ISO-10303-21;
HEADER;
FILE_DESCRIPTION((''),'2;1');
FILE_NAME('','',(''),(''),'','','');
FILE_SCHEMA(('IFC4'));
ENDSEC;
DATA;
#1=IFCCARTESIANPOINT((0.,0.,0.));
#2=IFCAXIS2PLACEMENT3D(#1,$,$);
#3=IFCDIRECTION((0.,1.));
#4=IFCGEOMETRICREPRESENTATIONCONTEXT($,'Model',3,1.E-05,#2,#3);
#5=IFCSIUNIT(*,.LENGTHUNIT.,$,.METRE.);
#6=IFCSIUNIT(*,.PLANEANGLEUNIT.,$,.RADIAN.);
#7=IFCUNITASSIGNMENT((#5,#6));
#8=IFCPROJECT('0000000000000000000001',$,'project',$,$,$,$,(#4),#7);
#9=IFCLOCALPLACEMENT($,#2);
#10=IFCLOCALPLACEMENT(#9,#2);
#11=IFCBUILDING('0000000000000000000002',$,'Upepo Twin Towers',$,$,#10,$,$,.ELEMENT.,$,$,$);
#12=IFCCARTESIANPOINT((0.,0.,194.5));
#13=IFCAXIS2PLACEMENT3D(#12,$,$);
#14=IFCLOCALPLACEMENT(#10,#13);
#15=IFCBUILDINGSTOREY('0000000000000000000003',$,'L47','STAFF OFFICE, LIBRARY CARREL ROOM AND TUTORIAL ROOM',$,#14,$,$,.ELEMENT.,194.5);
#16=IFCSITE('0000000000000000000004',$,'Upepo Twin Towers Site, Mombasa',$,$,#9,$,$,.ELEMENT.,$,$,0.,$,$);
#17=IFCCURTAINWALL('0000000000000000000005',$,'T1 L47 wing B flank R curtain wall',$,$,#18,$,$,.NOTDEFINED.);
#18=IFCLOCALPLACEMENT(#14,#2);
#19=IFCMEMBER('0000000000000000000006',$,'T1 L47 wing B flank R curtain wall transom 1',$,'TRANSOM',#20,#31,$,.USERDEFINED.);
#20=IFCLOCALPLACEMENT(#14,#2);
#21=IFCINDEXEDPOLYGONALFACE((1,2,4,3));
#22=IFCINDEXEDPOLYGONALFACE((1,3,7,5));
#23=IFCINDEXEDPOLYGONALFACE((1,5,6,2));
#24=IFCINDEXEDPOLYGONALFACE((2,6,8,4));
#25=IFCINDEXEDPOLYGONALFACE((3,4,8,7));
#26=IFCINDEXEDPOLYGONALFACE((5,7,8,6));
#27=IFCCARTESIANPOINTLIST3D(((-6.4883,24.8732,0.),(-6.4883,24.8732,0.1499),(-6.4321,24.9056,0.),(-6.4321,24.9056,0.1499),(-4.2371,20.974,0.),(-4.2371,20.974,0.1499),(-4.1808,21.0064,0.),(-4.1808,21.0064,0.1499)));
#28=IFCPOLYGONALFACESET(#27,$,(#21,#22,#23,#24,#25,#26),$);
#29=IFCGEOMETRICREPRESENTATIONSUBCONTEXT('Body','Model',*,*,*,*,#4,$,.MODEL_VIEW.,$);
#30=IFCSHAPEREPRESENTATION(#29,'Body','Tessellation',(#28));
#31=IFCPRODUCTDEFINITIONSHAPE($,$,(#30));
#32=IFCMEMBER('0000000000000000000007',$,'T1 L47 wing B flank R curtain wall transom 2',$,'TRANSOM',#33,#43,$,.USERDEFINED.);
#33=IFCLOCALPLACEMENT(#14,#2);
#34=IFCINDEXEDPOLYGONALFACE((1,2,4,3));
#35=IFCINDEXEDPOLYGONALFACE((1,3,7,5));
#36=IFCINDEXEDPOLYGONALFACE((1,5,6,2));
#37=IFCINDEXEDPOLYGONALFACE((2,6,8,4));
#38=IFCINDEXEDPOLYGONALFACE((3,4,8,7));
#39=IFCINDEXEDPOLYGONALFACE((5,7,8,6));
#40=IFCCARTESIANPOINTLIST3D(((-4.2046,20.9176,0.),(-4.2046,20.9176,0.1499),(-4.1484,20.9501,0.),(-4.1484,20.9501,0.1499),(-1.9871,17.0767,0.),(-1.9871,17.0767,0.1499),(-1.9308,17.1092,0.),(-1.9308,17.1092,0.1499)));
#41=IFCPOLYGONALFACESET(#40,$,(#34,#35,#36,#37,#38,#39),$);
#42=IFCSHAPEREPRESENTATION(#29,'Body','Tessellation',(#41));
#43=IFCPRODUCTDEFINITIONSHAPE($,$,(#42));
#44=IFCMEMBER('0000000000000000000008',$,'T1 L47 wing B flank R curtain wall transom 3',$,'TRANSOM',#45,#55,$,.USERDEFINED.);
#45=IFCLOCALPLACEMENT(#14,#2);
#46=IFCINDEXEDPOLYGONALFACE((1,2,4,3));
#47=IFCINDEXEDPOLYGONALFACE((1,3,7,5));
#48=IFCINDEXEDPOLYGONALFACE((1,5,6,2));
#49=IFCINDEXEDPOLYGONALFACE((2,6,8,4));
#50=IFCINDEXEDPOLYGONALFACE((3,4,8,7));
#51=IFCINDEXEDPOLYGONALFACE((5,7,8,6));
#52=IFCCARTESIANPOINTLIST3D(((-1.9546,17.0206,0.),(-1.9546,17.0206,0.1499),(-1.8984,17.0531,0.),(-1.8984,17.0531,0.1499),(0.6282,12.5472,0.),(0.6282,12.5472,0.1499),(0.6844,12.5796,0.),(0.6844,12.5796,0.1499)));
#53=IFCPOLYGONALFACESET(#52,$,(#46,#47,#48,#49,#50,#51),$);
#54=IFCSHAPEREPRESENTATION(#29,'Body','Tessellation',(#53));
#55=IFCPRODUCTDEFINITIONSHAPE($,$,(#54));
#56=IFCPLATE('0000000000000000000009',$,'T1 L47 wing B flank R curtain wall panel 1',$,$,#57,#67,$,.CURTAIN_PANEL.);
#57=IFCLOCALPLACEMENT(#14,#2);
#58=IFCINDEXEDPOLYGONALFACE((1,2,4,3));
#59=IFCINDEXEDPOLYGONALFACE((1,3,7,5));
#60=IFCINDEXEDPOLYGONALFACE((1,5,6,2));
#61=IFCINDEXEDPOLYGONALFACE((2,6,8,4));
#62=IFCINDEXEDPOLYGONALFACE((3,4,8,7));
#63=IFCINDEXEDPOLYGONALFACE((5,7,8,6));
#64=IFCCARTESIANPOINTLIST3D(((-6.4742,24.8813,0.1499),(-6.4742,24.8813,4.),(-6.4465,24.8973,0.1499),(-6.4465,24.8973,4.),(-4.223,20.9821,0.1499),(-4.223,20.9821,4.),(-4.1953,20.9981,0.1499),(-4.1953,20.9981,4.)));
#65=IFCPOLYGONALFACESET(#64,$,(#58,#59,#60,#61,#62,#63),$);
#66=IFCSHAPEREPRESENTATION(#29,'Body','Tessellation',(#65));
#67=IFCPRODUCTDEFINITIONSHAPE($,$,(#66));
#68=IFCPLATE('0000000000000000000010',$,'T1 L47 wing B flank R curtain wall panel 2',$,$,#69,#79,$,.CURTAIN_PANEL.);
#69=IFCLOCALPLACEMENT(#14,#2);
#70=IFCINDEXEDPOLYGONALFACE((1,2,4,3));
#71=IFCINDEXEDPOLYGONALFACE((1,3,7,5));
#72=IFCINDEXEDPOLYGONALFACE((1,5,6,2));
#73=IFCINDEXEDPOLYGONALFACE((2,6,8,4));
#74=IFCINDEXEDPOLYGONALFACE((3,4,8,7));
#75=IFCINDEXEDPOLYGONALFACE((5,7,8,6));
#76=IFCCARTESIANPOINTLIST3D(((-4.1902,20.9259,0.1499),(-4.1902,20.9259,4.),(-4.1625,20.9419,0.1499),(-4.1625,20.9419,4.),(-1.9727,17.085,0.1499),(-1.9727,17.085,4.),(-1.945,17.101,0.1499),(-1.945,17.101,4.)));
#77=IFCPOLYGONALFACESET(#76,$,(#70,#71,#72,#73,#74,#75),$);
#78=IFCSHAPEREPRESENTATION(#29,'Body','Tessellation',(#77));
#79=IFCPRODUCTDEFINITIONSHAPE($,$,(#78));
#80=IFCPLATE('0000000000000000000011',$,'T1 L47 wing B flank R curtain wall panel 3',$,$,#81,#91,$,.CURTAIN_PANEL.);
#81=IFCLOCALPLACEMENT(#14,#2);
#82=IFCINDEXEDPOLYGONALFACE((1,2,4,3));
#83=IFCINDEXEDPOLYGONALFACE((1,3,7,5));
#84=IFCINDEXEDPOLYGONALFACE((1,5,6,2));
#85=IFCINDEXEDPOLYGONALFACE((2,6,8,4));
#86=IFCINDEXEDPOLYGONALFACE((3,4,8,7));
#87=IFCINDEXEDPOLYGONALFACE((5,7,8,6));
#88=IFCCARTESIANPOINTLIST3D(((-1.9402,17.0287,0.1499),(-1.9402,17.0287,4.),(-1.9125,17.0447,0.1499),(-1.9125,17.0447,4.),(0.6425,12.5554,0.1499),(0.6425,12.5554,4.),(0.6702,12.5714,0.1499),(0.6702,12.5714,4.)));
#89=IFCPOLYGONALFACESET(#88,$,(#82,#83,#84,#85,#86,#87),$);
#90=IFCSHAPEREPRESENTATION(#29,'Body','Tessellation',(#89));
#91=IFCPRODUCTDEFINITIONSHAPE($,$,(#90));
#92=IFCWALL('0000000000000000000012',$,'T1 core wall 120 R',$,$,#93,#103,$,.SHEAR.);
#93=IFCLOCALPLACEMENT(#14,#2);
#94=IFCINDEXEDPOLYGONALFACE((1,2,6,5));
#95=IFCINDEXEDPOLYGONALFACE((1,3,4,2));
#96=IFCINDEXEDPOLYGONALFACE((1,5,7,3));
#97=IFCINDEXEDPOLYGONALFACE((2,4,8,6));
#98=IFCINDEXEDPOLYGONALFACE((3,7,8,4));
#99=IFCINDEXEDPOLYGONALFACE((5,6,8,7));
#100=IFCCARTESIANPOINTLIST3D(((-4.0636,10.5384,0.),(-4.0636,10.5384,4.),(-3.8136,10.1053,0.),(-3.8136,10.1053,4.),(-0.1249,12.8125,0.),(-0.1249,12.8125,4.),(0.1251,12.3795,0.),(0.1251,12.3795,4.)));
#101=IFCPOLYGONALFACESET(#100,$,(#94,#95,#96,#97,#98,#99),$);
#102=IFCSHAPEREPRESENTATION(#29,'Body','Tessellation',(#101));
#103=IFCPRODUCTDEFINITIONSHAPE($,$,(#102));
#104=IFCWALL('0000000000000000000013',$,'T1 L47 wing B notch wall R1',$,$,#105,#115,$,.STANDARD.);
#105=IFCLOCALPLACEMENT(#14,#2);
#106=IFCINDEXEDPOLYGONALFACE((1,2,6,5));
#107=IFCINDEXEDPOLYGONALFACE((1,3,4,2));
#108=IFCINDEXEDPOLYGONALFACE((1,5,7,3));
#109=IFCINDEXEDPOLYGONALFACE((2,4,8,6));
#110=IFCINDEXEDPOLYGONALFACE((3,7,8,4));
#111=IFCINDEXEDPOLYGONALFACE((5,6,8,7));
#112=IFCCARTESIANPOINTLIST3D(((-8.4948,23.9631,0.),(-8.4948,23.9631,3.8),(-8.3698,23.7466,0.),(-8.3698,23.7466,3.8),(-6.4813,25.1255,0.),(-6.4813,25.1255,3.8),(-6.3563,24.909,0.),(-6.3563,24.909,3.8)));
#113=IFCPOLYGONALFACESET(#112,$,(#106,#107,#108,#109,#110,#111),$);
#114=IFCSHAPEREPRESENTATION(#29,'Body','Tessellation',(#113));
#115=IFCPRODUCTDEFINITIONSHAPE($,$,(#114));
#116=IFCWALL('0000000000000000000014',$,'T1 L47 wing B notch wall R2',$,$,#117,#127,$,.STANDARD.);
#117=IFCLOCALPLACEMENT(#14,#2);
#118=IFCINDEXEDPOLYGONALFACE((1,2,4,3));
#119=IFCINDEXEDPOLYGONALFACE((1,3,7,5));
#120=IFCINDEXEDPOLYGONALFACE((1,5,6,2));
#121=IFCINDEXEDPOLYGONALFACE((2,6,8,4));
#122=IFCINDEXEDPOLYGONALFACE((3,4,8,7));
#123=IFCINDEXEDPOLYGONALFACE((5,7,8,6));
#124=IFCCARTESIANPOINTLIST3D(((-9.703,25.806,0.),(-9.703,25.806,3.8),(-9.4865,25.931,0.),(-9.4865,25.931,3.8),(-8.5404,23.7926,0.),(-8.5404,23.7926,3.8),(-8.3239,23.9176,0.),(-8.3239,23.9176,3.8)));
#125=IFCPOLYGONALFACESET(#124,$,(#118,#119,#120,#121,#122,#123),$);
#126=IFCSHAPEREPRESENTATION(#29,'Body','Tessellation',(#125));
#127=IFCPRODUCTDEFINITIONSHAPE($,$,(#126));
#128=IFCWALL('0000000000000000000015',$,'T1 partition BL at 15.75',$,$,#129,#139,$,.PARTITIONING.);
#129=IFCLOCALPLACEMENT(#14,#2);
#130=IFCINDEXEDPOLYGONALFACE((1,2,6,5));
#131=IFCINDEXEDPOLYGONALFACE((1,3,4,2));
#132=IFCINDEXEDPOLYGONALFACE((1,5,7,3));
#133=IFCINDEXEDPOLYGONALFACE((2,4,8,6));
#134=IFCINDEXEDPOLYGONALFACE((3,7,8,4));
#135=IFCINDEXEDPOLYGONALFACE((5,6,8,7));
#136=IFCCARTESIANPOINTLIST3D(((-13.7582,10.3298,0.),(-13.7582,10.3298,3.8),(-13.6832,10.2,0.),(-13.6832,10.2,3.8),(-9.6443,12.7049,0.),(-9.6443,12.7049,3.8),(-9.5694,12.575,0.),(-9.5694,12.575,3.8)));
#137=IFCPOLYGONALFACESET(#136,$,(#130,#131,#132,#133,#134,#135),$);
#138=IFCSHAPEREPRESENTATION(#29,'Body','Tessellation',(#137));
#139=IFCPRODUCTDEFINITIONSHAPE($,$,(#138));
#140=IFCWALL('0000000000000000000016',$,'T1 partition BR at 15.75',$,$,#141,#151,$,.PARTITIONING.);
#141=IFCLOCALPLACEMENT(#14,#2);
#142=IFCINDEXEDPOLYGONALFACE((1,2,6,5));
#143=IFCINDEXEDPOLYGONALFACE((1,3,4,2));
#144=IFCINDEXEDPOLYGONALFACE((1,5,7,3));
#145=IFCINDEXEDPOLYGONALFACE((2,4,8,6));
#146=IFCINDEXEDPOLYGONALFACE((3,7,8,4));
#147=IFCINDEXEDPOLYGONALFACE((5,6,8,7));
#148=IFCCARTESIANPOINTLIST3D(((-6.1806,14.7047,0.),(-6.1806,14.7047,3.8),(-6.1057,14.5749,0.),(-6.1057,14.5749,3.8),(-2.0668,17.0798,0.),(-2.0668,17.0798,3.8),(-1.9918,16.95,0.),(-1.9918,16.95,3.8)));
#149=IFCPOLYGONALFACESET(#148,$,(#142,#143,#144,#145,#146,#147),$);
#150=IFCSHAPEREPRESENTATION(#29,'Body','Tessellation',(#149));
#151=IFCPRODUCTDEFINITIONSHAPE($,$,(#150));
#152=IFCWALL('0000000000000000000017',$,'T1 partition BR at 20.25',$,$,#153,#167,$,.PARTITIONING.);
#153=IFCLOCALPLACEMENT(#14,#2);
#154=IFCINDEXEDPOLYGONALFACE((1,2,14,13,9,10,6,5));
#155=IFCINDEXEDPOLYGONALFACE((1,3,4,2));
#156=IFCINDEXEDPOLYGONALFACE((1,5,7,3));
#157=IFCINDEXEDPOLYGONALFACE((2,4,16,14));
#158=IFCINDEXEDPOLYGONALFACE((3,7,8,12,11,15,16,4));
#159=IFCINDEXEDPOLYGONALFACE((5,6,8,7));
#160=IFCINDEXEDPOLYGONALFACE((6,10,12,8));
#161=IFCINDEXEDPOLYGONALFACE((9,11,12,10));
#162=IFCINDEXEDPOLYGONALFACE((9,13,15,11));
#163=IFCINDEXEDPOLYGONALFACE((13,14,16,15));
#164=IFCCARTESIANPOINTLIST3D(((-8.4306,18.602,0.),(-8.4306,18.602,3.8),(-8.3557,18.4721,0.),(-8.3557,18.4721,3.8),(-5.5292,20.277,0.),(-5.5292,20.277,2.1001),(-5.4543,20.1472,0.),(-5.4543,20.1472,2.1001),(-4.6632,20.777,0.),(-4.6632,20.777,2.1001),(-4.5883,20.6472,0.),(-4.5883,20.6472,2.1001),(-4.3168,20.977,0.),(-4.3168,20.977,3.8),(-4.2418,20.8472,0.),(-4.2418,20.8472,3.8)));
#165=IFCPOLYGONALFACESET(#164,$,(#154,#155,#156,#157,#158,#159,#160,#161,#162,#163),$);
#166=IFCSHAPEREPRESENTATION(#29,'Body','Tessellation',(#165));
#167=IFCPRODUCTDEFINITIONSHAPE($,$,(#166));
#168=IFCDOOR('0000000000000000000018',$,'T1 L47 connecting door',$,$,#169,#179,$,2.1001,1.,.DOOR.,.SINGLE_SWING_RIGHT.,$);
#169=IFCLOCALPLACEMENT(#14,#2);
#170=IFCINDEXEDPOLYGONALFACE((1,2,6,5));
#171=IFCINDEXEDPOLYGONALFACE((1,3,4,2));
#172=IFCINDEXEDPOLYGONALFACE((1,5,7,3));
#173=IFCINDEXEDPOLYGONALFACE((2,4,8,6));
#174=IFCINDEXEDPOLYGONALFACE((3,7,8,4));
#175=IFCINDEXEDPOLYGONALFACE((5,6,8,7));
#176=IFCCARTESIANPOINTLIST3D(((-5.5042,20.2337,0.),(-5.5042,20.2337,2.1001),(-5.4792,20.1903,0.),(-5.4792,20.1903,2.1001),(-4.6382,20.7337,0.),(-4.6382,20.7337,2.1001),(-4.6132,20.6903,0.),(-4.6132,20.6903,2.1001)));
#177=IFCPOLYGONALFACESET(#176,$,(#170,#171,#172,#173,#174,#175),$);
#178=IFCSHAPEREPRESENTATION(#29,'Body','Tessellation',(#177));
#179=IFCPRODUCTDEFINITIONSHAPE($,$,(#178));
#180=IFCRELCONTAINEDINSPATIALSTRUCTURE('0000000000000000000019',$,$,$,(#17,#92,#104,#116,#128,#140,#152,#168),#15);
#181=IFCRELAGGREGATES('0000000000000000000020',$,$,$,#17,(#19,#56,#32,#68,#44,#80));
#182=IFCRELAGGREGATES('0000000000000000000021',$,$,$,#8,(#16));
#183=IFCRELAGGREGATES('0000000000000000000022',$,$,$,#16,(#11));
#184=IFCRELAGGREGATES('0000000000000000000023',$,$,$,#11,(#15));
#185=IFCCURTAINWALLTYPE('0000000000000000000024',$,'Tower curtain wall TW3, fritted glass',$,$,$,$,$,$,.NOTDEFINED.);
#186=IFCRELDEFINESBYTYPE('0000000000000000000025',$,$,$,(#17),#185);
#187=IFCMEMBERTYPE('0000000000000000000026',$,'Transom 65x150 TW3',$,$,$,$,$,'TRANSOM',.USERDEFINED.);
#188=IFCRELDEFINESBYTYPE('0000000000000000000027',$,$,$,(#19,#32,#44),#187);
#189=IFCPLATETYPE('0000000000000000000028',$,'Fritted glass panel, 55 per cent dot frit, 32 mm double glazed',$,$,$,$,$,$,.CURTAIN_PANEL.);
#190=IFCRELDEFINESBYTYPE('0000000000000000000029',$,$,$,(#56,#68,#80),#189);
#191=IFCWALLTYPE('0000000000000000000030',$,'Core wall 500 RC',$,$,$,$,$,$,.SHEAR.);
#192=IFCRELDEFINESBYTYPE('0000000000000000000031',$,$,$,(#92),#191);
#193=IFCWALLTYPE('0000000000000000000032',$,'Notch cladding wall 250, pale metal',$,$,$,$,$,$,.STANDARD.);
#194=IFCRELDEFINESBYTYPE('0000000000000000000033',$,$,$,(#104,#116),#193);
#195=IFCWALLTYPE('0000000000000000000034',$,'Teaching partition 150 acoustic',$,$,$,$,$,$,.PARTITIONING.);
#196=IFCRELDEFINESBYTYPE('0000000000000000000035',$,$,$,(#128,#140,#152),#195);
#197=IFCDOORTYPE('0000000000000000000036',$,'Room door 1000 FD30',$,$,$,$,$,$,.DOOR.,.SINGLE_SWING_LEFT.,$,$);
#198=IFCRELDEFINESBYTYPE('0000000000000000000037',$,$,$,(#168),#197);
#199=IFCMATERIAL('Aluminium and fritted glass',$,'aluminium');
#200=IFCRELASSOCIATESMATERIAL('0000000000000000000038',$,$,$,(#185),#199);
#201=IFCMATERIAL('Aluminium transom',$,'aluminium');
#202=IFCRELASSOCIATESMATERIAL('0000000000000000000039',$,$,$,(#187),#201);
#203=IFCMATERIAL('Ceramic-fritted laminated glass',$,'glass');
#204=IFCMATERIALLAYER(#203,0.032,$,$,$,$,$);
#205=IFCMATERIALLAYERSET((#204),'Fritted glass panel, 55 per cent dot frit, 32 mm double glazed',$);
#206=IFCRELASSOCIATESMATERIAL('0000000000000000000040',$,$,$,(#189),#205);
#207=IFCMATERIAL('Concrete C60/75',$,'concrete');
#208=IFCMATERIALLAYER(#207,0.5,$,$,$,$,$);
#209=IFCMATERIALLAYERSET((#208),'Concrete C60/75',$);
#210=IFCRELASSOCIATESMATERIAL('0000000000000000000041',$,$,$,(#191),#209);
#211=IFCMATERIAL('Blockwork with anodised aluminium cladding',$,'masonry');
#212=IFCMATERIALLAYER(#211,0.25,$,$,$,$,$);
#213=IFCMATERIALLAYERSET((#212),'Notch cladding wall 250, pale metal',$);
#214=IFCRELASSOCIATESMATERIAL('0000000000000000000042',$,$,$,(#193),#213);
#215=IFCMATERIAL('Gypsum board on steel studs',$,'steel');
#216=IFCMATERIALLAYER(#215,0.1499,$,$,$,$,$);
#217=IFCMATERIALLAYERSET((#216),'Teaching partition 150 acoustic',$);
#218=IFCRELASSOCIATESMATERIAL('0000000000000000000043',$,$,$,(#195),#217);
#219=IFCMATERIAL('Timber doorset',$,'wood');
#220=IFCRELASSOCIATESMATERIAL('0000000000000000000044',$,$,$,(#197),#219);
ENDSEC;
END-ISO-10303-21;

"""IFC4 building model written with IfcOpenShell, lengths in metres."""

from ifc_helpers import new_model, si_unit, direction, frame, frame_2d, origin, origin_2d, place, context, subcontext, project, spatial, rectangle, extrude, material, layer, layer_set, material_profile, profile_set, type_object, element, fill, aggregate, save


model = new_model("IFC4")

# Units and contexts
model_context = context("Model", 3, precision=1e-05, world=origin(), true_north=direction((0.0, 1.0)))
body_context = subcontext(model_context, "Body", "Model", "MODEL_VIEW")
ifc_project = project(units=[si_unit("LENGTHUNIT", "METRE"), si_unit("PLANEANGLEUNIT", "RADIAN")], contexts=[model_context])

# Site, building, storey
site_placement = place(None, origin())
site = spatial("IfcSite", under=ifc_project, at=site_placement, Name="Upepo Twin Towers Site, Mombasa", CompositionType="ELEMENT", RefElevation=0.0)
building_placement = place(site_placement, origin())
building = spatial("IfcBuilding", under=site, at=building_placement, Name="Upepo Twin Towers", CompositionType="ELEMENT")
storey_placement = place(building_placement, frame((0.0, 0.0, 194.5)))
storey = spatial("IfcBuildingStorey", under=building, at=storey_placement, Name="L47", Description="STAFF OFFICE, LIBRARY CARREL ROOM AND TUTORIAL ROOM", CompositionType="ELEMENT", Elevation=194.5)

# Curtain wall
ifc_material_1 = material(Name="Aluminium and fritted glass", Category="aluminium")
curtain_wall_type = type_object("IfcCurtainWallType", Name="Tower curtain wall TW3, fritted glass", PredefinedType="NOTDEFINED", material=ifc_material_1)
curtain_wall_1_placement = place(storey_placement, origin())
curtain_wall_1 = element("IfcCurtainWall", 1, at=curtain_wall_1_placement, inside=storey, type_object=curtain_wall_type, Name="T1 L47 wing B flank R curtain wall", PredefinedType="NOTDEFINED")

# Members
ifc_material_2 = material(Name="Aluminium transom", Category="aluminium")
ifc_material_profile_1 = material_profile(ifc_material_2, rectangle(XDim=0.0649, YDim=0.1499, at=origin_2d()), Name="TRANSOM 65x150")
ifc_profile_set_1 = profile_set([ifc_material_profile_1], Name="Aluminium transom")
member_type_1 = type_object("IfcMemberType", Name="Transom 65x150 TW3", ElementType="TRANSOM", PredefinedType="USERDEFINED", material=ifc_profile_set_1)
member_1_placement = place(storey_placement, frame((-6.4602, 24.8894, 0.075), z_axis=(0.500006, -0.866022, 0.0), x_axis=(0.866022, 0.500006, 0.0)))
member_1 = element("IfcMember", 2, at=member_1_placement, type_object=member_type_1, Name="T1 L47 wing B flank R curtain wall transom 1", ObjectType="TRANSOM", PredefinedType="USERDEFINED", context=body_context, shape_type="SweptSolid", body=[
    extrude(rectangle(XDim=0.0649, YDim=0.1499, at=origin_2d()), origin(), (0.0, 0.0, 1.0), 4.5024),
])
member_2_placement = place(storey_placement, frame((-4.1765, 20.9338, 0.075), z_axis=(0.500005, -0.866022, 0.0), x_axis=(0.866022, 0.500005, 0.0)))
member_2 = element("IfcMember", 3, at=member_2_placement, type_object=member_type_1, Name="T1 L47 wing B flank R curtain wall transom 2", ObjectType="TRANSOM", PredefinedType="USERDEFINED", context=body_context, shape_type="SweptSolid", body=[
    extrude(rectangle(XDim=0.0649, YDim=0.1499, at=origin_2d()), origin(), (0.0, 0.0, 1.0), 4.4351),
])
member_3_placement = place(storey_placement, frame((-1.9265, 17.0369, 0.075), z_axis=(0.500007, -0.866021, 0.0), x_axis=(0.866021, 0.500007, 0.0)))
member_3 = element("IfcMember", 4, at=member_3_placement, type_object=member_type_1, Name="T1 L47 wing B flank R curtain wall transom 3", ObjectType="TRANSOM", PredefinedType="USERDEFINED", context=body_context, shape_type="SweptSolid", body=[
    extrude(rectangle(XDim=0.0649, YDim=0.1499, at=origin_2d()), origin(), (0.0, 0.0, 1.0), 5.1655),
])

# Plates
ifc_material_3 = material(Name="Ceramic-fritted laminated glass", Category="glass")
ifc_layer_1 = layer(ifc_material_3, 0.032)
ifc_layer_set_1 = layer_set([ifc_layer_1], Name="Fritted glass panel, 55 per cent dot frit, 32 mm double glazed")
plate_type = type_object("IfcPlateType", Name="Fritted glass panel, 55 per cent dot frit, 32 mm double glazed", PredefinedType="CURTAIN_PANEL", material=ifc_layer_set_1)
plate_1_placement = place(storey_placement, frame((-5.3347, 22.9397, 0.1499), z_axis=(0.0, 0.0, 1.0), x_axis=(0.5, -0.866025, 0.0)))
plate_1 = element("IfcPlate", 5, at=plate_1_placement, type_object=plate_type, Name="T1 L47 wing B flank R curtain wall panel 1", PredefinedType="CURTAIN_PANEL", context=body_context, shape_type="SweptSolid", body=[
    extrude(rectangle(XDim=4.5024, YDim=0.032, at=origin_2d()), origin(), (0.0, 0.0, 1.0), 3.8501),
])
plate_2_placement = place(storey_placement, frame((-3.0676, 19.0134, 0.1499), z_axis=(0.0, 0.0, 1.0), x_axis=(0.5, -0.866025, 0.0)))
plate_2 = element("IfcPlate", 6, at=plate_2_placement, type_object=plate_type, Name="T1 L47 wing B flank R curtain wall panel 2", PredefinedType="CURTAIN_PANEL", context=body_context, shape_type="SweptSolid", body=[
    extrude(rectangle(XDim=4.4351, YDim=0.032, at=origin_2d()), origin(), (0.0, 0.0, 1.0), 3.8501),
])
plate_3_placement = place(storey_placement, frame((-0.635, 14.8, 0.1499), z_axis=(0.0, 0.0, 1.0), x_axis=(0.5, -0.866025, 0.0)))
plate_3 = element("IfcPlate", 7, at=plate_3_placement, type_object=plate_type, Name="T1 L47 wing B flank R curtain wall panel 3", PredefinedType="CURTAIN_PANEL", context=body_context, shape_type="SweptSolid", body=[
    extrude(rectangle(XDim=5.1653, YDim=0.032, at=origin_2d()), origin(), (0.0, 0.0, 1.0), 3.8501),
])
aggregate(curtain_wall_1, [member_1, plate_1, member_2, plate_2, member_3, plate_3])

# Walls
ifc_material_4 = material(Name="Concrete C60/75", Category="concrete")
ifc_layer_2 = layer(ifc_material_4, 0.5)
ifc_layer_set_2 = layer_set([ifc_layer_2], Name="Concrete C60/75")
wall_type_1 = type_object("IfcWallType", Name="Core wall 500 RC", PredefinedType="SHEAR", material=ifc_layer_set_2)
wall_1_placement = place(storey_placement, frame((0.0, 12.5959, 0.0), z_axis=(0.0, 0.0, 1.0), x_axis=(-0.866011, -0.500024, 0.0)))
element("IfcWall", 8, at=wall_1_placement, inside=storey, type_object=wall_type_1, Name="T1 core wall 120 R", PredefinedType="SHEAR", context=body_context, shape_type="SweptSolid", body=[
    extrude(rectangle(XDim=4.5481, YDim=0.5, at=frame_2d((2.2739, 0.0))), origin(), (0.0, 0.0, 1.0), 4.0),
])
ifc_material_5 = material(Name="Blockwork with anodised aluminium cladding", Category="masonry")
ifc_layer_3 = layer(ifc_material_5, 0.25)
ifc_layer_set_3 = layer_set([ifc_layer_3], Name="Notch cladding wall 250, pale metal")
wall_type_2 = type_object("IfcWallType", Name="Notch cladding wall 250, pale metal", PredefinedType="STANDARD", material=ifc_layer_set_3)
for number, where, z_axis, x_axis, name in (
    (9, (-6.4187, 25.0173, 0.0), (0.0, 0.0, 1.0), (-0.866044, -0.499968, 0.0), "T1 L47 wing B notch wall R1"),
    (10, (-8.4321, 23.855, 0.0), (0.0, 0.0, 1.0), (-0.500047, 0.865998, 0.0), "T1 L47 wing B notch wall R2"),
):
    element("IfcWall", number, at=place(storey_placement, frame(where, z_axis=z_axis, x_axis=x_axis)), inside=storey, type_object=wall_type_2, Name=name, PredefinedType="STANDARD", context=body_context, shape_type="SweptSolid", body=[
        extrude(rectangle(XDim=2.325, YDim=0.25, at=frame_2d((1.1626, 0.0))), origin(), (0.0, 0.0, 1.0), 3.8),
    ])
ifc_material_6 = material(Name="Gypsum board on steel studs", Category="steel")
ifc_layer_4 = layer(ifc_material_6, 0.1499)
ifc_layer_set_4 = layer_set([ifc_layer_4], Name="Teaching partition 150 acoustic")
wall_type_3 = type_object("IfcWallType", Name="Teaching partition 150 acoustic", PredefinedType="PARTITIONING", material=ifc_layer_set_4)
for number, where, z_axis, x_axis, name in (
    (11, (-9.6069, 12.6399, 0.0), (0.0, 0.0, 1.0), (-0.866033, -0.499986, 0.0), "T1 partition BL at 15.75"),
    (12, (-6.1431, 14.6399, 0.0), (0.0, 0.0, 1.0), (0.866033, 0.499986, 0.0), "T1 partition BR at 15.75"),
):
    element("IfcWall", number, at=place(storey_placement, frame(where, z_axis=z_axis, x_axis=x_axis)), inside=storey, type_object=wall_type_3, Name=name, PredefinedType="PARTITIONING", context=body_context, shape_type="SweptSolid", body=[
        extrude(rectangle(XDim=4.7502, YDim=0.1499, at=frame_2d((2.375, 0.0))), origin(), (0.0, 0.0, 1.0), 3.8),
    ])

# Wall, opening, door
wall_2_placement = place(storey_placement, frame((-8.3931, 18.5371, 0.0), z_axis=(0.0, 0.0, 1.0), x_axis=(0.866033, 0.499986, 0.0)))
wall_2 = element("IfcWall", 13, at=wall_2_placement, inside=storey, type_object=wall_type_3, Name="T1 partition BR at 20.25", PredefinedType="PARTITIONING", context=body_context, shape_type="SweptSolid", body=[
    extrude(rectangle(XDim=4.7502, YDim=0.1499, at=frame_2d((2.375, 0.0))), origin(), (0.0, 0.0, 1.0), 3.8),
])
opening_placement = place(wall_2_placement, frame((3.3501, 0.0, 0.0)))
opening = element("IfcOpeningElement", 14, at=opening_placement, cuts=wall_2, PredefinedType="OPENING", context=body_context, shape_type="SweptSolid", body=[
    extrude(rectangle(XDim=1.0, YDim=2.1001, at=frame_2d((0.5, 1.05))), frame((0.0, 0.085, 0.0), z_axis=(0.0, -1.0, 0.0), x_axis=(1.0, 0.0, 0.0)), (0.0, 0.0, 1.0), 0.1699),
])
ifc_material_7 = material(Name="Timber doorset", Category="wood")
door_type = type_object("IfcDoorType", Name="Room door 1000 FD30", OperationType="SINGLE_SWING_LEFT", PredefinedType="DOOR", material=ifc_material_7)
door_placement = place(opening_placement, origin())
door = element("IfcDoor", 15, at=door_placement, inside=storey, type_object=door_type, Name="T1 L47 connecting door", OperationType="SINGLE_SWING_RIGHT", OverallHeight=2.1001, OverallWidth=1.0, PredefinedType="DOOR", context=body_context, shape_type="SweptSolid", body=[
    extrude(rectangle(XDim=1.0, YDim=2.1001, at=frame_2d((0.5, 1.05))), frame((0.0, 0.0249, 0.0), z_axis=(0.0, -1.0, 0.0), x_axis=(1.0, 0.0, 0.0)), (0.0, 0.0, 1.0), 0.05),
])
fill(opening, door)

save(model, "model.ifc")
